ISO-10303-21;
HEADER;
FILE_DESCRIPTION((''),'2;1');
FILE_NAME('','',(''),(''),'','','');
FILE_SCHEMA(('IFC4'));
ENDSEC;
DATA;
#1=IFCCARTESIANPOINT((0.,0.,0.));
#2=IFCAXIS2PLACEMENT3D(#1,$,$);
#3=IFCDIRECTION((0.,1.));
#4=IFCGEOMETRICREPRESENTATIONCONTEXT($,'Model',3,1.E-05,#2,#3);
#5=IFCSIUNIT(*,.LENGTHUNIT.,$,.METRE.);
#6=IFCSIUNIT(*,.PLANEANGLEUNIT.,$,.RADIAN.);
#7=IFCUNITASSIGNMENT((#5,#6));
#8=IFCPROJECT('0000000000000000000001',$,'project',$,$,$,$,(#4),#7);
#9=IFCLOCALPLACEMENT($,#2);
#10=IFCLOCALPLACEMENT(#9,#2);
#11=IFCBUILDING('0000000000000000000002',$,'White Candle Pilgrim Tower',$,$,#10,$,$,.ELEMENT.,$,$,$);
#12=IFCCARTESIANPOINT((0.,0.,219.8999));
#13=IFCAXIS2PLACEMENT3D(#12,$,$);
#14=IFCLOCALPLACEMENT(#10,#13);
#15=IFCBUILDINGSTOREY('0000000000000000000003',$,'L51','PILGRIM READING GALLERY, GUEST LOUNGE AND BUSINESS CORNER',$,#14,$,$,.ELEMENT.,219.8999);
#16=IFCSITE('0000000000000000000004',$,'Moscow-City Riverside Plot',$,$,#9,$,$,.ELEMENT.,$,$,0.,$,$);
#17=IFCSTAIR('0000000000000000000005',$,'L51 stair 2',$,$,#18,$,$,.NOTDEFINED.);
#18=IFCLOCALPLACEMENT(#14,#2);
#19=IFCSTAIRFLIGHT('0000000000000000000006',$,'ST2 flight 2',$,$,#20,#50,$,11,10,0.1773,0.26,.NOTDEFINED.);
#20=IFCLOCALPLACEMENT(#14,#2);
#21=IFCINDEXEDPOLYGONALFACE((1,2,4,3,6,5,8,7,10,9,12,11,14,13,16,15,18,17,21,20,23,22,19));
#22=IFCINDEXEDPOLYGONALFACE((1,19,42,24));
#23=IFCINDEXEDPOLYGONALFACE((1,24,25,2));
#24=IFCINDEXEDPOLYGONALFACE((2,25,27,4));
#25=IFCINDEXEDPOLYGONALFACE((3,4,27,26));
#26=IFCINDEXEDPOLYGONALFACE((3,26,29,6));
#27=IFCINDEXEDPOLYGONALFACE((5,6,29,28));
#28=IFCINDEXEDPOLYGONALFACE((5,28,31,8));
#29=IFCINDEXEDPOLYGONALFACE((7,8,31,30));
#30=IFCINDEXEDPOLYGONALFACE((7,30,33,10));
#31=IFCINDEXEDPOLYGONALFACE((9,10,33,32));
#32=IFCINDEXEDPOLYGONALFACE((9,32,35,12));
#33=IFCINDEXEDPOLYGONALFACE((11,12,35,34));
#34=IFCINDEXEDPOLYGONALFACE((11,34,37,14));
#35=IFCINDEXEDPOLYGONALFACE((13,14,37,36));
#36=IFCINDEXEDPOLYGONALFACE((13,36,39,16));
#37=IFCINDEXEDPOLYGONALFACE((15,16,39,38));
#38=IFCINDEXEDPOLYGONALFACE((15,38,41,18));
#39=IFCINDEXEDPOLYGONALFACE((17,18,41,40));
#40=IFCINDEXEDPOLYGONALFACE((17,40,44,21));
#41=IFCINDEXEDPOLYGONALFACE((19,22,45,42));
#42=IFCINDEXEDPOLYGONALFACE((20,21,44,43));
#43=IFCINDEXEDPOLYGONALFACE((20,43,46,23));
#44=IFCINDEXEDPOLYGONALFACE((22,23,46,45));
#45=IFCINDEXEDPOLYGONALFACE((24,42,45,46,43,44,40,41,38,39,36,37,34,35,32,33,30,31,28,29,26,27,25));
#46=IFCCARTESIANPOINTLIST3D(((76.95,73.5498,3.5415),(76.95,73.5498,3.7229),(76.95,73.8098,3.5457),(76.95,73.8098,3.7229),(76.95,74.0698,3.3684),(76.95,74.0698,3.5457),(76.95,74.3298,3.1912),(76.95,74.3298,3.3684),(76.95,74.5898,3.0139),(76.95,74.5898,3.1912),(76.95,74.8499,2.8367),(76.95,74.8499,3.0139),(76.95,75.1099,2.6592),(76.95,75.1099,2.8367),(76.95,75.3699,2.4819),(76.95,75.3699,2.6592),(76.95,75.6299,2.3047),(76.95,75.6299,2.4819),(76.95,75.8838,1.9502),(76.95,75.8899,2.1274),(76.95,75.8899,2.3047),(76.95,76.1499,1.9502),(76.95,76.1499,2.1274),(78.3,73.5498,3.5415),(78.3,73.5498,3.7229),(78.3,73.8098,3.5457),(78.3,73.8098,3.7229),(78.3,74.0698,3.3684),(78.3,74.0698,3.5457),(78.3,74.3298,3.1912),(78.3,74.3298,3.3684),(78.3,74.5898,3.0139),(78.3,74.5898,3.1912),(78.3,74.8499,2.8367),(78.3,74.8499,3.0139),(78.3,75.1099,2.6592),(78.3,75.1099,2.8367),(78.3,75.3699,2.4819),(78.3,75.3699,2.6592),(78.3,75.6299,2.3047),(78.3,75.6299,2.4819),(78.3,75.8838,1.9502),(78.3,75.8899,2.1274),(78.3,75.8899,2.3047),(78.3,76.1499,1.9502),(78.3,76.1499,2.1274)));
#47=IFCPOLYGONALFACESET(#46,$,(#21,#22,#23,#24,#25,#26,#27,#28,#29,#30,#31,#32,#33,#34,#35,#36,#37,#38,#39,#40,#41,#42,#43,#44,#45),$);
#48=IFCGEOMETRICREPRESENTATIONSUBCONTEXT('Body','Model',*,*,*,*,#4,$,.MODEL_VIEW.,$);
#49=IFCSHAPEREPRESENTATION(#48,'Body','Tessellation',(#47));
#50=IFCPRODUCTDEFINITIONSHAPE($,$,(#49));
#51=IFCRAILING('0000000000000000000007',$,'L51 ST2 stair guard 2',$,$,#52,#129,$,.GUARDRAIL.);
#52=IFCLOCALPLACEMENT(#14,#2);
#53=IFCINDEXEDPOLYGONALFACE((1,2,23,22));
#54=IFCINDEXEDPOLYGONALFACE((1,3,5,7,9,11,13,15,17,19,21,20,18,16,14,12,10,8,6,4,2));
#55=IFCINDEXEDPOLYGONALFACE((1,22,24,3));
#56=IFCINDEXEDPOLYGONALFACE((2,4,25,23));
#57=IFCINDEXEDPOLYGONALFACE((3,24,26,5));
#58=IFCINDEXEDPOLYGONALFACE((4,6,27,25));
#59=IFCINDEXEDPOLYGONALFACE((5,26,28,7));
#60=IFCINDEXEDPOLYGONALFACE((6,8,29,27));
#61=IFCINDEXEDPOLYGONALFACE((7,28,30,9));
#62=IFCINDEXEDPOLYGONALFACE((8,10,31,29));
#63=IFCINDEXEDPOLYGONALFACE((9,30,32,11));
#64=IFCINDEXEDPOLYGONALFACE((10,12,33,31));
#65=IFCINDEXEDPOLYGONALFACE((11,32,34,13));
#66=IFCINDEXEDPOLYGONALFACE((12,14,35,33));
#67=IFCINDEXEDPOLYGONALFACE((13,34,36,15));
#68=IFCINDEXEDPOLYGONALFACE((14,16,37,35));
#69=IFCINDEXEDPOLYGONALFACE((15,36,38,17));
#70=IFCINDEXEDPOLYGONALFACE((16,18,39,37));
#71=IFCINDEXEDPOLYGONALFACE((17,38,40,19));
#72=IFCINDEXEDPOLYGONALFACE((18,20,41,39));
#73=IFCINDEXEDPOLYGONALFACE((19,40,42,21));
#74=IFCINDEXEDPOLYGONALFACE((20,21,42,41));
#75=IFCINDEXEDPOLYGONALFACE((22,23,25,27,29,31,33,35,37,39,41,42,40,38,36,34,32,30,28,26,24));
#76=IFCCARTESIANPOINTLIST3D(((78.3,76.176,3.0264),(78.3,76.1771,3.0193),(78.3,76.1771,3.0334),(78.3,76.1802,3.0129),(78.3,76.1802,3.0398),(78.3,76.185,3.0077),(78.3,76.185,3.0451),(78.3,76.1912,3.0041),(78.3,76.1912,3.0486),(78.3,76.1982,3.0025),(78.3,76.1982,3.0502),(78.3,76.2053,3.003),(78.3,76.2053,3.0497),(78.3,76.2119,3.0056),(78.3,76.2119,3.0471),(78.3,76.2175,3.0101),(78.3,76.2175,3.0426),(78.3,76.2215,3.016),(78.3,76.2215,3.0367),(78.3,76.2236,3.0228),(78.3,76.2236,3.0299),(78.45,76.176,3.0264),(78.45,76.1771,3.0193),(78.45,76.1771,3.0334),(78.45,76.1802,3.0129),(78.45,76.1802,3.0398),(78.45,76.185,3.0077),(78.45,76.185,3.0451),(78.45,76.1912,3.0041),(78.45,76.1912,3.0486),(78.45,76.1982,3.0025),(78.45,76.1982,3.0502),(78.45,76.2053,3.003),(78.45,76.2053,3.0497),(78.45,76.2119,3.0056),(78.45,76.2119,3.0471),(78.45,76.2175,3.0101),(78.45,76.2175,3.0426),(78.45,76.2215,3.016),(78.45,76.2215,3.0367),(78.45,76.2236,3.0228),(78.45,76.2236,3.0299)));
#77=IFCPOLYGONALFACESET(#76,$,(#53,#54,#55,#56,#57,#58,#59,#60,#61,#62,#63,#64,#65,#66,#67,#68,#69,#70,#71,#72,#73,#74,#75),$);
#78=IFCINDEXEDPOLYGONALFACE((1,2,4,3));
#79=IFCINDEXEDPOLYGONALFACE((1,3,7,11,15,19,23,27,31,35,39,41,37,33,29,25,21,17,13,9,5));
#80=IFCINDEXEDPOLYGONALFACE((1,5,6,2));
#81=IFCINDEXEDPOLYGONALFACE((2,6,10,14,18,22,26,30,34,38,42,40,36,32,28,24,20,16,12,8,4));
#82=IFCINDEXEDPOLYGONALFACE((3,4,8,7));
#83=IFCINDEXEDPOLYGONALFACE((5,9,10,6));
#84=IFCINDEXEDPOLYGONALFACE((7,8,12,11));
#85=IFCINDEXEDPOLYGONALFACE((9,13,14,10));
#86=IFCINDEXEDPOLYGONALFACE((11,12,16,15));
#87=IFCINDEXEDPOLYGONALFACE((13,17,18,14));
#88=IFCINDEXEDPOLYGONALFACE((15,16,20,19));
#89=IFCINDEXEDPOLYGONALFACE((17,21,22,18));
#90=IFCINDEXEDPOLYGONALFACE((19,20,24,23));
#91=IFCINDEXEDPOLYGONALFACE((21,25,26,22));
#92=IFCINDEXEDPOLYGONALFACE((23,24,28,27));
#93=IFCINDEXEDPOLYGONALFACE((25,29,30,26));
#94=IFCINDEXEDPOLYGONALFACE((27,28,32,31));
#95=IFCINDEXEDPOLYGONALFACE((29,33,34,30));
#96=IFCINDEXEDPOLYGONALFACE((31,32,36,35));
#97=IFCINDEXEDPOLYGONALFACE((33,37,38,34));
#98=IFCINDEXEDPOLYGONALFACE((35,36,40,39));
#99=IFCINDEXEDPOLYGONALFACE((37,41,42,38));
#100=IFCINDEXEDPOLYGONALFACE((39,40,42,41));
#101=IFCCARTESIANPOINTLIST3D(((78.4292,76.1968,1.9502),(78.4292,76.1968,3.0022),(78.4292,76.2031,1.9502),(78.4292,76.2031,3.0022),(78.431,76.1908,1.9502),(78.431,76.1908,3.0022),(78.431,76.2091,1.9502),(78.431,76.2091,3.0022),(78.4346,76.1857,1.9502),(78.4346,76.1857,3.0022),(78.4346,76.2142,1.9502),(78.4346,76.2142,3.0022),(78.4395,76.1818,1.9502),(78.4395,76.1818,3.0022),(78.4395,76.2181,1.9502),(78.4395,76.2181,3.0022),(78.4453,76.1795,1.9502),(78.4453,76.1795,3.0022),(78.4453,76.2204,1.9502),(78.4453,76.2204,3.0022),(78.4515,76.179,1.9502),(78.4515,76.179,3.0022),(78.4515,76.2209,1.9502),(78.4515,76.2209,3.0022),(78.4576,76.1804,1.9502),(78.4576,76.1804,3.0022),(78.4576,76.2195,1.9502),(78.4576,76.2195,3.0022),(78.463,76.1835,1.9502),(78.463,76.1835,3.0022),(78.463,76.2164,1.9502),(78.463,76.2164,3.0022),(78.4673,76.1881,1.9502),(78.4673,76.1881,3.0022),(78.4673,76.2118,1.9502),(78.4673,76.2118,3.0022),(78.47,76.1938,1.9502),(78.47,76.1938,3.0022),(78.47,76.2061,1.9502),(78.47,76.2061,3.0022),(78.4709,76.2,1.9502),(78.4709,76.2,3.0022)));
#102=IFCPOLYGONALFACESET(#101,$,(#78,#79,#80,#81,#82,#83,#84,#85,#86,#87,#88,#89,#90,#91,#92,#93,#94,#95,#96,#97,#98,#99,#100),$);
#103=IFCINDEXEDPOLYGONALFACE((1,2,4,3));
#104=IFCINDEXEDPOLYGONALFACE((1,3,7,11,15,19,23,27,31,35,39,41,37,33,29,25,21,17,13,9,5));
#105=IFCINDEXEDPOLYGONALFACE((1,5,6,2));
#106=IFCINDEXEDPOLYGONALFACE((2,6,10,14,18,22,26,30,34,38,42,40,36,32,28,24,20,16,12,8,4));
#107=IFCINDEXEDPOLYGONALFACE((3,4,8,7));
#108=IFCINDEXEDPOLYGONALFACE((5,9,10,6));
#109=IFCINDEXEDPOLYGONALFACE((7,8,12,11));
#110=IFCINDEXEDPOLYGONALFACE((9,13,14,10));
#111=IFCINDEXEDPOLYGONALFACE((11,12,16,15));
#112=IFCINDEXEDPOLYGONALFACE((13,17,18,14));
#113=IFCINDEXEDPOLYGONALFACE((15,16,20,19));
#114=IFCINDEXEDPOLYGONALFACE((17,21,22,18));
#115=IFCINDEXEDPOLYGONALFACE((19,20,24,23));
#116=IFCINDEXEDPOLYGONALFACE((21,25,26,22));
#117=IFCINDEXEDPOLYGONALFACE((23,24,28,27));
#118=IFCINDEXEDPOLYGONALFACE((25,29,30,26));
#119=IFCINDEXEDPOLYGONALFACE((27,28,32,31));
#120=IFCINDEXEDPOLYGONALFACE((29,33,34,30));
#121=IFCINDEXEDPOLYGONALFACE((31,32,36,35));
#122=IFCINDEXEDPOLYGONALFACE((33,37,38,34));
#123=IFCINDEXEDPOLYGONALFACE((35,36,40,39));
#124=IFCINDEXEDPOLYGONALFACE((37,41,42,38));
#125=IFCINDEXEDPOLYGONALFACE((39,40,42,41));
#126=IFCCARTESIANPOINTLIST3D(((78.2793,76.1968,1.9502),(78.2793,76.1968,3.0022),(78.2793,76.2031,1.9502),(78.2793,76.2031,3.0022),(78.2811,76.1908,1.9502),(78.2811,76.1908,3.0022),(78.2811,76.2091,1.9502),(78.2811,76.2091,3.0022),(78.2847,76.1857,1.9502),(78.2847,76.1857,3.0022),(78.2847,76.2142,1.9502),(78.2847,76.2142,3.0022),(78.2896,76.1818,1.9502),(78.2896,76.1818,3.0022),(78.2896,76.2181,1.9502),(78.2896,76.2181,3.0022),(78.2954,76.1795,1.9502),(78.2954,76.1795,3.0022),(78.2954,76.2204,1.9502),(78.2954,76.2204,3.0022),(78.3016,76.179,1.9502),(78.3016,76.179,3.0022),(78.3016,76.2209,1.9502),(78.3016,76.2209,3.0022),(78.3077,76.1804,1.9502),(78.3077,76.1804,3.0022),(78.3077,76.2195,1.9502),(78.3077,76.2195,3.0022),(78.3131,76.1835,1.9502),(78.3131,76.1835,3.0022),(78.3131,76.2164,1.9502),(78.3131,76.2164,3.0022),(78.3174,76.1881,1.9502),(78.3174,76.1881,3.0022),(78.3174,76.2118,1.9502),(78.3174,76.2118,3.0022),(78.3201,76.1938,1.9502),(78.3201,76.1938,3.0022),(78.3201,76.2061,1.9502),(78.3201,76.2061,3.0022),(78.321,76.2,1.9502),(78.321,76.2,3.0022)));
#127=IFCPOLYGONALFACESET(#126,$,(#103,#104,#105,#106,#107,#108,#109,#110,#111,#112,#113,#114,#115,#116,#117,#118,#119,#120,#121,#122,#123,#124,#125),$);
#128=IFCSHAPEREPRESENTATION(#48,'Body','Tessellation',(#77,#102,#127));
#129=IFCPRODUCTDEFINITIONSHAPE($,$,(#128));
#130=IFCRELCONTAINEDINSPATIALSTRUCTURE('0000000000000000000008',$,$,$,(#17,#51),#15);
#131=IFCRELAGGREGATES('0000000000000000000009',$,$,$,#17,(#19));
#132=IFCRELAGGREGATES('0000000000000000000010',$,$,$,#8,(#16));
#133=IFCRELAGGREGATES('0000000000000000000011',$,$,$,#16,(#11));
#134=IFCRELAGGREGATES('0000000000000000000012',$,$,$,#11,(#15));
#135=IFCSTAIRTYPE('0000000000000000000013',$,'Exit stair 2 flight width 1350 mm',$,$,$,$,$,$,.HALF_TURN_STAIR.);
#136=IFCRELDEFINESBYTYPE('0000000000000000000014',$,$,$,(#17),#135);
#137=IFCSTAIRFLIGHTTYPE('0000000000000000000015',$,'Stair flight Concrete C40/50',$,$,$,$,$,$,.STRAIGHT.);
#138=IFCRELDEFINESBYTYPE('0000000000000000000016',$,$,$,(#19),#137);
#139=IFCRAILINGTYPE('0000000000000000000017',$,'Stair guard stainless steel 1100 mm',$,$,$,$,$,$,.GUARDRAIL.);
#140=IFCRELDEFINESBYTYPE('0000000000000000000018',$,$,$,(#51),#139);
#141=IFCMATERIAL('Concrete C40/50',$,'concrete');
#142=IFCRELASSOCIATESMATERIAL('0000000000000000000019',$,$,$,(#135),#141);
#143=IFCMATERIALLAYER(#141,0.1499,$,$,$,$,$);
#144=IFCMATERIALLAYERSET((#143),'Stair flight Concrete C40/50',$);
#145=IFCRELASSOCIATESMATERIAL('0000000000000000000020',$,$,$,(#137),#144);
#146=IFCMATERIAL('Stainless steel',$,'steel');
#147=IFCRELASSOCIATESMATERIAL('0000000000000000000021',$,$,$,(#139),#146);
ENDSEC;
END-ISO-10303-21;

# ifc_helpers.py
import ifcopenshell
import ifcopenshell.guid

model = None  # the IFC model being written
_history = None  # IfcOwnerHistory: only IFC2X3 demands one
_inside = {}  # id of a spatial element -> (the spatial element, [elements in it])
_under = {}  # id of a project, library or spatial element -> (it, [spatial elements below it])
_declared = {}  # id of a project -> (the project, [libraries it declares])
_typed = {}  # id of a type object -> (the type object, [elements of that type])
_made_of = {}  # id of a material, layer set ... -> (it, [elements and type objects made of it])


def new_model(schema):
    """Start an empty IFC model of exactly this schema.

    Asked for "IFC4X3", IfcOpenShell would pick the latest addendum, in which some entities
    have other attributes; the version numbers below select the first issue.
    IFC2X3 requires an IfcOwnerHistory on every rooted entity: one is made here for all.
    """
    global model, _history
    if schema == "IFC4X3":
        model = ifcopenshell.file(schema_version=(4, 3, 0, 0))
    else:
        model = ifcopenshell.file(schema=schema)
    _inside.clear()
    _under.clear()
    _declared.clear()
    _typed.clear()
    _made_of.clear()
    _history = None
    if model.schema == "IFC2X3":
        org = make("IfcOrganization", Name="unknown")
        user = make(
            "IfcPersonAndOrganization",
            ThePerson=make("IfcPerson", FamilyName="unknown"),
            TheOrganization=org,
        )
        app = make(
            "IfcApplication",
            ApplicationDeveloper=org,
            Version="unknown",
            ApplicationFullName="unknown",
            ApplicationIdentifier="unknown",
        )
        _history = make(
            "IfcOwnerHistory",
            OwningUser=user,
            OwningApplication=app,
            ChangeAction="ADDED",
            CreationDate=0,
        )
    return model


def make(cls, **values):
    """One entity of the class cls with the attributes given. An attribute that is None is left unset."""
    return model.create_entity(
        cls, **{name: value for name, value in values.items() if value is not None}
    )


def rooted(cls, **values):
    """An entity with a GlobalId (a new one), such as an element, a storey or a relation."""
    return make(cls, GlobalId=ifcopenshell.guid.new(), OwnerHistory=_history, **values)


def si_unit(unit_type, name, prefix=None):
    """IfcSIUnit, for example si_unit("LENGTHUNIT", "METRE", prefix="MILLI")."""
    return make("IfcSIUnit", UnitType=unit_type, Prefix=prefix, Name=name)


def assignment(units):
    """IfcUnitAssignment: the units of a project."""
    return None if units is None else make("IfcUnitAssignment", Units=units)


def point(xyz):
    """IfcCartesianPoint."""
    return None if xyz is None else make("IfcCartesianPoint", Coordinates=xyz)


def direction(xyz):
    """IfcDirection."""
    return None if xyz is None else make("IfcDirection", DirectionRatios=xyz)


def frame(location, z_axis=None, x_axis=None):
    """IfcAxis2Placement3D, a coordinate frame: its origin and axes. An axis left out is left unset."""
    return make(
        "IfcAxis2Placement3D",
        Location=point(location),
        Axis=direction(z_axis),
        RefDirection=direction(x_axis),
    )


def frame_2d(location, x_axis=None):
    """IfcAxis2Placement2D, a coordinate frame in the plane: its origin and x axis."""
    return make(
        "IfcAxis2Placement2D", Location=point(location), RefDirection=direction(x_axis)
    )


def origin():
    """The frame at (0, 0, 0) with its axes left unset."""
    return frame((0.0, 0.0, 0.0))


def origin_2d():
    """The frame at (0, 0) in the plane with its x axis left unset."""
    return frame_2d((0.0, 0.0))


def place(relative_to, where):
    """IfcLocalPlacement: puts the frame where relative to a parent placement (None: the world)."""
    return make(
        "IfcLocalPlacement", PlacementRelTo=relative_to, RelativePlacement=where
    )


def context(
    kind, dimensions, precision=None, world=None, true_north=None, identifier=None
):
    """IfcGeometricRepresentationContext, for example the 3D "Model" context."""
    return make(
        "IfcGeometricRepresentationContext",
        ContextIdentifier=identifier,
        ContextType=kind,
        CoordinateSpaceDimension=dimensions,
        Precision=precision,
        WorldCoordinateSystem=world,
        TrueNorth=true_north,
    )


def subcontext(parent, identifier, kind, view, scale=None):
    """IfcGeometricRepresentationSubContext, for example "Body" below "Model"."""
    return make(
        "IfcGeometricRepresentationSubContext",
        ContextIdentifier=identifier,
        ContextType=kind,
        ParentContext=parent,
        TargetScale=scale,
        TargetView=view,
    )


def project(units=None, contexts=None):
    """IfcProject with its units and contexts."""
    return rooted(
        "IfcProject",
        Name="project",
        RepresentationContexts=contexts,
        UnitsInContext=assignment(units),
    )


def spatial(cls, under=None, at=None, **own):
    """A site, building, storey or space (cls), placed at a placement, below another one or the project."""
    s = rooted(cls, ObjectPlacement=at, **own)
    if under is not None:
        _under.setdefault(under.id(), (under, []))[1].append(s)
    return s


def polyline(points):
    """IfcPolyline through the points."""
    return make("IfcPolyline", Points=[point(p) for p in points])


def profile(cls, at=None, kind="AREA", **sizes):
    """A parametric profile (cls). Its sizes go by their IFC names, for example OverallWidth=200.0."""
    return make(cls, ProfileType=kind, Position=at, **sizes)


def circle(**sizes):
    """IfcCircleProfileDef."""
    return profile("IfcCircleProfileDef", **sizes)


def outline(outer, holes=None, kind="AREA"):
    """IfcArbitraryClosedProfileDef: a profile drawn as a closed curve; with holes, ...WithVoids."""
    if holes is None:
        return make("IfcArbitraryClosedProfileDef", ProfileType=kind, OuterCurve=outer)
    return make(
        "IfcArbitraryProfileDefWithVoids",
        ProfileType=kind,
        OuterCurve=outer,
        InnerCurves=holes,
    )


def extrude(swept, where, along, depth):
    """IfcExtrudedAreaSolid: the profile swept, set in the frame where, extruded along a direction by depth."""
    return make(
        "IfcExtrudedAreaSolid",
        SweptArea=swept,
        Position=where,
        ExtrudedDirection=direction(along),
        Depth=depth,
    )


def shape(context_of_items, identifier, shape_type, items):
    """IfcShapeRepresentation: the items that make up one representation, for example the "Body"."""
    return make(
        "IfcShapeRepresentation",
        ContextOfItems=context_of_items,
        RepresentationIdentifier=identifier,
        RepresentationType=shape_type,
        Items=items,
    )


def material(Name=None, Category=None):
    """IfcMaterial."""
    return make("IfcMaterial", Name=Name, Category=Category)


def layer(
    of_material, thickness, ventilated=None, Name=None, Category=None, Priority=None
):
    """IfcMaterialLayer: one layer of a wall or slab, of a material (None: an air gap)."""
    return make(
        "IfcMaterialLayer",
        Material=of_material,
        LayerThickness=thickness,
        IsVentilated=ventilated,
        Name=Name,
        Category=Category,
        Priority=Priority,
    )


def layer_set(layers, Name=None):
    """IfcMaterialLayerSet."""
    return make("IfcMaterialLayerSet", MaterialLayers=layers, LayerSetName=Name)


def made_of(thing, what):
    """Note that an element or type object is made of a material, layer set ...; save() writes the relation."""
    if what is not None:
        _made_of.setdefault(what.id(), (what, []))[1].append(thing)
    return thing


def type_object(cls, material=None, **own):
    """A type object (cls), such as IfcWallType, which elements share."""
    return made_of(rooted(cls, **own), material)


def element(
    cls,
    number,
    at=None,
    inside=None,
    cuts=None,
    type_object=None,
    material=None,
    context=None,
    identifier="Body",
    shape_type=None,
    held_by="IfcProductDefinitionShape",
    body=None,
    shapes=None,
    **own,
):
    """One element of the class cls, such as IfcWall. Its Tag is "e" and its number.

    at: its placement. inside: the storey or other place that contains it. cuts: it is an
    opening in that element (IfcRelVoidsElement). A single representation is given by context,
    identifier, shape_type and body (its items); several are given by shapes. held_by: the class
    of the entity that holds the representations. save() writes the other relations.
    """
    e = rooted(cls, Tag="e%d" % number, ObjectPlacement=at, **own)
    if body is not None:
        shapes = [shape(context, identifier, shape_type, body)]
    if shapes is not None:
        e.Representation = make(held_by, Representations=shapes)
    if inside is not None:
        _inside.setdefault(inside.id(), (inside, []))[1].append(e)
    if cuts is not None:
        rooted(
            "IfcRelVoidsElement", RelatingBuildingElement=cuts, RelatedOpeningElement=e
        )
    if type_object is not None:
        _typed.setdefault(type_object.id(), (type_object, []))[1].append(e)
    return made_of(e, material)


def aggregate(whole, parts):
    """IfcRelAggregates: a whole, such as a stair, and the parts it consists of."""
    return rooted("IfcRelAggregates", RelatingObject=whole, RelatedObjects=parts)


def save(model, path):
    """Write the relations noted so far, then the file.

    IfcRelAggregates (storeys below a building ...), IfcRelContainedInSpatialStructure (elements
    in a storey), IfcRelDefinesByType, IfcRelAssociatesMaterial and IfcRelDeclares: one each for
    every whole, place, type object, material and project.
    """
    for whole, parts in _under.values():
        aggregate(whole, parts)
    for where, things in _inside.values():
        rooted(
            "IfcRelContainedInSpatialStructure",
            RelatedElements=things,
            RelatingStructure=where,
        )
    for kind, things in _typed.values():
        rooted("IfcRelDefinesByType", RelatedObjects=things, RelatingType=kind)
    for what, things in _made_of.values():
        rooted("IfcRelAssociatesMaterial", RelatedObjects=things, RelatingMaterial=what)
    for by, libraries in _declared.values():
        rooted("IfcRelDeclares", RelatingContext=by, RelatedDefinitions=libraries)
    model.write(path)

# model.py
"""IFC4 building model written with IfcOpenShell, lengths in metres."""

from ifc_helpers import new_model, si_unit, direction, frame, origin, origin_2d, place, context, subcontext, project, spatial, polyline, circle, outline, extrude, material, layer, layer_set, type_object, element, aggregate, save


model = new_model("IFC4")

# Units and contexts
model_context = context("Model", 3, precision=1e-05, world=origin(), true_north=direction((0.0, 1.0)))
body_context = subcontext(model_context, "Body", "Model", "MODEL_VIEW")
ifc_project = project(units=[si_unit("LENGTHUNIT", "METRE"), si_unit("PLANEANGLEUNIT", "RADIAN")], contexts=[model_context])

# Site, building, storey
site_placement = place(None, origin())
site = spatial("IfcSite", under=ifc_project, at=site_placement, Name="Moscow-City Riverside Plot", CompositionType="ELEMENT", RefElevation=0.0)
building_placement = place(site_placement, origin())
building = spatial("IfcBuilding", under=site, at=building_placement, Name="White Candle Pilgrim Tower", CompositionType="ELEMENT")
storey_placement = place(building_placement, frame((0.0, 0.0, 219.8999)))
storey = spatial("IfcBuildingStorey", under=building, at=storey_placement, Name="L51", Description="PILGRIM READING GALLERY, GUEST LOUNGE AND BUSINESS CORNER", CompositionType="ELEMENT", Elevation=219.8999)

# Stair, stair flight
ifc_material_1 = material(Name="Concrete C40/50", Category="concrete")
stair_type = type_object("IfcStairType", Name="Exit stair 2 flight width 1350 mm", PredefinedType="HALF_TURN_STAIR", material=ifc_material_1)
stair_placement = place(storey_placement, origin())
stair = element("IfcStair", 1, at=stair_placement, inside=storey, type_object=stair_type, Name="L51 stair 2", PredefinedType="NOTDEFINED")
ifc_layer_1 = layer(ifc_material_1, 0.1499)
ifc_layer_set_1 = layer_set([ifc_layer_1], Name="Stair flight Concrete C40/50")
stair_flight_type = type_object("IfcStairFlightType", Name="Stair flight Concrete C40/50", PredefinedType="STRAIGHT", material=ifc_layer_set_1)
stair_flight_placement = place(storey_placement, frame((77.625, 76.1499, 1.9502), z_axis=(0.0, 0.0, 1.0), x_axis=(0.0, -1.0, 0.0)))
stair_flight = element("IfcStairFlight", 2, at=stair_flight_placement, type_object=stair_flight_type, Name="ST2 flight 2", NumberOfRisers=11, NumberOfTreads=10, PredefinedType="NOTDEFINED", RiserHeight=0.1773, TreadLength=0.26, context=body_context, shape_type="SweptSolid", body=[
    extrude(outline(polyline([(0.0, 0.0), (0.0, 0.1772), (0.26, 0.1772), (0.26, 0.3545), (0.52, 0.3545), (0.52, 0.5317), (0.78, 0.5317), (0.78, 0.709), (1.04, 0.709), (1.04, 0.8865), (1.3, 0.8865), (1.3, 1.0637), (1.5601, 1.0637), (1.5601, 1.241), (1.8201, 1.241), (1.8201, 1.4182), (2.0801, 1.4182), (2.0801, 1.5955), (2.3401, 1.5955), (2.3401, 1.7727), (2.6001, 1.7727), (2.6001, 1.95), (2.6001, 1.5913), (0.2661, 0.0), (0.0, 0.0)])), frame((0.0, 0.675, 0.0), z_axis=(0.0, -1.0, 0.0), x_axis=(1.0, 0.0, 0.0)), (0.0, 0.0, 1.0), 1.3501),
])
aggregate(stair, [stair_flight])

# Railing
ifc_material_2 = material(Name="Stainless steel", Category="steel")
railing_type = type_object("IfcRailingType", Name="Stair guard stainless steel 1100 mm", PredefinedType="GUARDRAIL", material=ifc_material_2)
railing_1_placement = place(storey_placement, frame((78.45, 76.2, 1.9502)))
element("IfcRailing", 3, at=railing_1_placement, inside=storey, type_object=railing_type, Name="L51 ST2 stair guard 2", PredefinedType="GUARDRAIL", context=body_context, shape_type="SweptSolid", body=[
    extrude(circle(Radius=0.0239, at=origin_2d()), frame((0.0, 0.0, 1.0762), z_axis=(-1.0, 0.0, 0.0), x_axis=(0.0, -1.0, 0.0)), (0.0, 0.0, 1.0), 0.1499),
    extrude(circle(Radius=0.021, at=origin_2d()), origin(), (0.0, 0.0, 1.0), 1.052),
    extrude(circle(Radius=0.021, at=origin_2d()), frame((-0.1499, 0.0, 0.0)), (0.0, 0.0, 1.0), 1.052),
])

save(model, "model.ifc")
